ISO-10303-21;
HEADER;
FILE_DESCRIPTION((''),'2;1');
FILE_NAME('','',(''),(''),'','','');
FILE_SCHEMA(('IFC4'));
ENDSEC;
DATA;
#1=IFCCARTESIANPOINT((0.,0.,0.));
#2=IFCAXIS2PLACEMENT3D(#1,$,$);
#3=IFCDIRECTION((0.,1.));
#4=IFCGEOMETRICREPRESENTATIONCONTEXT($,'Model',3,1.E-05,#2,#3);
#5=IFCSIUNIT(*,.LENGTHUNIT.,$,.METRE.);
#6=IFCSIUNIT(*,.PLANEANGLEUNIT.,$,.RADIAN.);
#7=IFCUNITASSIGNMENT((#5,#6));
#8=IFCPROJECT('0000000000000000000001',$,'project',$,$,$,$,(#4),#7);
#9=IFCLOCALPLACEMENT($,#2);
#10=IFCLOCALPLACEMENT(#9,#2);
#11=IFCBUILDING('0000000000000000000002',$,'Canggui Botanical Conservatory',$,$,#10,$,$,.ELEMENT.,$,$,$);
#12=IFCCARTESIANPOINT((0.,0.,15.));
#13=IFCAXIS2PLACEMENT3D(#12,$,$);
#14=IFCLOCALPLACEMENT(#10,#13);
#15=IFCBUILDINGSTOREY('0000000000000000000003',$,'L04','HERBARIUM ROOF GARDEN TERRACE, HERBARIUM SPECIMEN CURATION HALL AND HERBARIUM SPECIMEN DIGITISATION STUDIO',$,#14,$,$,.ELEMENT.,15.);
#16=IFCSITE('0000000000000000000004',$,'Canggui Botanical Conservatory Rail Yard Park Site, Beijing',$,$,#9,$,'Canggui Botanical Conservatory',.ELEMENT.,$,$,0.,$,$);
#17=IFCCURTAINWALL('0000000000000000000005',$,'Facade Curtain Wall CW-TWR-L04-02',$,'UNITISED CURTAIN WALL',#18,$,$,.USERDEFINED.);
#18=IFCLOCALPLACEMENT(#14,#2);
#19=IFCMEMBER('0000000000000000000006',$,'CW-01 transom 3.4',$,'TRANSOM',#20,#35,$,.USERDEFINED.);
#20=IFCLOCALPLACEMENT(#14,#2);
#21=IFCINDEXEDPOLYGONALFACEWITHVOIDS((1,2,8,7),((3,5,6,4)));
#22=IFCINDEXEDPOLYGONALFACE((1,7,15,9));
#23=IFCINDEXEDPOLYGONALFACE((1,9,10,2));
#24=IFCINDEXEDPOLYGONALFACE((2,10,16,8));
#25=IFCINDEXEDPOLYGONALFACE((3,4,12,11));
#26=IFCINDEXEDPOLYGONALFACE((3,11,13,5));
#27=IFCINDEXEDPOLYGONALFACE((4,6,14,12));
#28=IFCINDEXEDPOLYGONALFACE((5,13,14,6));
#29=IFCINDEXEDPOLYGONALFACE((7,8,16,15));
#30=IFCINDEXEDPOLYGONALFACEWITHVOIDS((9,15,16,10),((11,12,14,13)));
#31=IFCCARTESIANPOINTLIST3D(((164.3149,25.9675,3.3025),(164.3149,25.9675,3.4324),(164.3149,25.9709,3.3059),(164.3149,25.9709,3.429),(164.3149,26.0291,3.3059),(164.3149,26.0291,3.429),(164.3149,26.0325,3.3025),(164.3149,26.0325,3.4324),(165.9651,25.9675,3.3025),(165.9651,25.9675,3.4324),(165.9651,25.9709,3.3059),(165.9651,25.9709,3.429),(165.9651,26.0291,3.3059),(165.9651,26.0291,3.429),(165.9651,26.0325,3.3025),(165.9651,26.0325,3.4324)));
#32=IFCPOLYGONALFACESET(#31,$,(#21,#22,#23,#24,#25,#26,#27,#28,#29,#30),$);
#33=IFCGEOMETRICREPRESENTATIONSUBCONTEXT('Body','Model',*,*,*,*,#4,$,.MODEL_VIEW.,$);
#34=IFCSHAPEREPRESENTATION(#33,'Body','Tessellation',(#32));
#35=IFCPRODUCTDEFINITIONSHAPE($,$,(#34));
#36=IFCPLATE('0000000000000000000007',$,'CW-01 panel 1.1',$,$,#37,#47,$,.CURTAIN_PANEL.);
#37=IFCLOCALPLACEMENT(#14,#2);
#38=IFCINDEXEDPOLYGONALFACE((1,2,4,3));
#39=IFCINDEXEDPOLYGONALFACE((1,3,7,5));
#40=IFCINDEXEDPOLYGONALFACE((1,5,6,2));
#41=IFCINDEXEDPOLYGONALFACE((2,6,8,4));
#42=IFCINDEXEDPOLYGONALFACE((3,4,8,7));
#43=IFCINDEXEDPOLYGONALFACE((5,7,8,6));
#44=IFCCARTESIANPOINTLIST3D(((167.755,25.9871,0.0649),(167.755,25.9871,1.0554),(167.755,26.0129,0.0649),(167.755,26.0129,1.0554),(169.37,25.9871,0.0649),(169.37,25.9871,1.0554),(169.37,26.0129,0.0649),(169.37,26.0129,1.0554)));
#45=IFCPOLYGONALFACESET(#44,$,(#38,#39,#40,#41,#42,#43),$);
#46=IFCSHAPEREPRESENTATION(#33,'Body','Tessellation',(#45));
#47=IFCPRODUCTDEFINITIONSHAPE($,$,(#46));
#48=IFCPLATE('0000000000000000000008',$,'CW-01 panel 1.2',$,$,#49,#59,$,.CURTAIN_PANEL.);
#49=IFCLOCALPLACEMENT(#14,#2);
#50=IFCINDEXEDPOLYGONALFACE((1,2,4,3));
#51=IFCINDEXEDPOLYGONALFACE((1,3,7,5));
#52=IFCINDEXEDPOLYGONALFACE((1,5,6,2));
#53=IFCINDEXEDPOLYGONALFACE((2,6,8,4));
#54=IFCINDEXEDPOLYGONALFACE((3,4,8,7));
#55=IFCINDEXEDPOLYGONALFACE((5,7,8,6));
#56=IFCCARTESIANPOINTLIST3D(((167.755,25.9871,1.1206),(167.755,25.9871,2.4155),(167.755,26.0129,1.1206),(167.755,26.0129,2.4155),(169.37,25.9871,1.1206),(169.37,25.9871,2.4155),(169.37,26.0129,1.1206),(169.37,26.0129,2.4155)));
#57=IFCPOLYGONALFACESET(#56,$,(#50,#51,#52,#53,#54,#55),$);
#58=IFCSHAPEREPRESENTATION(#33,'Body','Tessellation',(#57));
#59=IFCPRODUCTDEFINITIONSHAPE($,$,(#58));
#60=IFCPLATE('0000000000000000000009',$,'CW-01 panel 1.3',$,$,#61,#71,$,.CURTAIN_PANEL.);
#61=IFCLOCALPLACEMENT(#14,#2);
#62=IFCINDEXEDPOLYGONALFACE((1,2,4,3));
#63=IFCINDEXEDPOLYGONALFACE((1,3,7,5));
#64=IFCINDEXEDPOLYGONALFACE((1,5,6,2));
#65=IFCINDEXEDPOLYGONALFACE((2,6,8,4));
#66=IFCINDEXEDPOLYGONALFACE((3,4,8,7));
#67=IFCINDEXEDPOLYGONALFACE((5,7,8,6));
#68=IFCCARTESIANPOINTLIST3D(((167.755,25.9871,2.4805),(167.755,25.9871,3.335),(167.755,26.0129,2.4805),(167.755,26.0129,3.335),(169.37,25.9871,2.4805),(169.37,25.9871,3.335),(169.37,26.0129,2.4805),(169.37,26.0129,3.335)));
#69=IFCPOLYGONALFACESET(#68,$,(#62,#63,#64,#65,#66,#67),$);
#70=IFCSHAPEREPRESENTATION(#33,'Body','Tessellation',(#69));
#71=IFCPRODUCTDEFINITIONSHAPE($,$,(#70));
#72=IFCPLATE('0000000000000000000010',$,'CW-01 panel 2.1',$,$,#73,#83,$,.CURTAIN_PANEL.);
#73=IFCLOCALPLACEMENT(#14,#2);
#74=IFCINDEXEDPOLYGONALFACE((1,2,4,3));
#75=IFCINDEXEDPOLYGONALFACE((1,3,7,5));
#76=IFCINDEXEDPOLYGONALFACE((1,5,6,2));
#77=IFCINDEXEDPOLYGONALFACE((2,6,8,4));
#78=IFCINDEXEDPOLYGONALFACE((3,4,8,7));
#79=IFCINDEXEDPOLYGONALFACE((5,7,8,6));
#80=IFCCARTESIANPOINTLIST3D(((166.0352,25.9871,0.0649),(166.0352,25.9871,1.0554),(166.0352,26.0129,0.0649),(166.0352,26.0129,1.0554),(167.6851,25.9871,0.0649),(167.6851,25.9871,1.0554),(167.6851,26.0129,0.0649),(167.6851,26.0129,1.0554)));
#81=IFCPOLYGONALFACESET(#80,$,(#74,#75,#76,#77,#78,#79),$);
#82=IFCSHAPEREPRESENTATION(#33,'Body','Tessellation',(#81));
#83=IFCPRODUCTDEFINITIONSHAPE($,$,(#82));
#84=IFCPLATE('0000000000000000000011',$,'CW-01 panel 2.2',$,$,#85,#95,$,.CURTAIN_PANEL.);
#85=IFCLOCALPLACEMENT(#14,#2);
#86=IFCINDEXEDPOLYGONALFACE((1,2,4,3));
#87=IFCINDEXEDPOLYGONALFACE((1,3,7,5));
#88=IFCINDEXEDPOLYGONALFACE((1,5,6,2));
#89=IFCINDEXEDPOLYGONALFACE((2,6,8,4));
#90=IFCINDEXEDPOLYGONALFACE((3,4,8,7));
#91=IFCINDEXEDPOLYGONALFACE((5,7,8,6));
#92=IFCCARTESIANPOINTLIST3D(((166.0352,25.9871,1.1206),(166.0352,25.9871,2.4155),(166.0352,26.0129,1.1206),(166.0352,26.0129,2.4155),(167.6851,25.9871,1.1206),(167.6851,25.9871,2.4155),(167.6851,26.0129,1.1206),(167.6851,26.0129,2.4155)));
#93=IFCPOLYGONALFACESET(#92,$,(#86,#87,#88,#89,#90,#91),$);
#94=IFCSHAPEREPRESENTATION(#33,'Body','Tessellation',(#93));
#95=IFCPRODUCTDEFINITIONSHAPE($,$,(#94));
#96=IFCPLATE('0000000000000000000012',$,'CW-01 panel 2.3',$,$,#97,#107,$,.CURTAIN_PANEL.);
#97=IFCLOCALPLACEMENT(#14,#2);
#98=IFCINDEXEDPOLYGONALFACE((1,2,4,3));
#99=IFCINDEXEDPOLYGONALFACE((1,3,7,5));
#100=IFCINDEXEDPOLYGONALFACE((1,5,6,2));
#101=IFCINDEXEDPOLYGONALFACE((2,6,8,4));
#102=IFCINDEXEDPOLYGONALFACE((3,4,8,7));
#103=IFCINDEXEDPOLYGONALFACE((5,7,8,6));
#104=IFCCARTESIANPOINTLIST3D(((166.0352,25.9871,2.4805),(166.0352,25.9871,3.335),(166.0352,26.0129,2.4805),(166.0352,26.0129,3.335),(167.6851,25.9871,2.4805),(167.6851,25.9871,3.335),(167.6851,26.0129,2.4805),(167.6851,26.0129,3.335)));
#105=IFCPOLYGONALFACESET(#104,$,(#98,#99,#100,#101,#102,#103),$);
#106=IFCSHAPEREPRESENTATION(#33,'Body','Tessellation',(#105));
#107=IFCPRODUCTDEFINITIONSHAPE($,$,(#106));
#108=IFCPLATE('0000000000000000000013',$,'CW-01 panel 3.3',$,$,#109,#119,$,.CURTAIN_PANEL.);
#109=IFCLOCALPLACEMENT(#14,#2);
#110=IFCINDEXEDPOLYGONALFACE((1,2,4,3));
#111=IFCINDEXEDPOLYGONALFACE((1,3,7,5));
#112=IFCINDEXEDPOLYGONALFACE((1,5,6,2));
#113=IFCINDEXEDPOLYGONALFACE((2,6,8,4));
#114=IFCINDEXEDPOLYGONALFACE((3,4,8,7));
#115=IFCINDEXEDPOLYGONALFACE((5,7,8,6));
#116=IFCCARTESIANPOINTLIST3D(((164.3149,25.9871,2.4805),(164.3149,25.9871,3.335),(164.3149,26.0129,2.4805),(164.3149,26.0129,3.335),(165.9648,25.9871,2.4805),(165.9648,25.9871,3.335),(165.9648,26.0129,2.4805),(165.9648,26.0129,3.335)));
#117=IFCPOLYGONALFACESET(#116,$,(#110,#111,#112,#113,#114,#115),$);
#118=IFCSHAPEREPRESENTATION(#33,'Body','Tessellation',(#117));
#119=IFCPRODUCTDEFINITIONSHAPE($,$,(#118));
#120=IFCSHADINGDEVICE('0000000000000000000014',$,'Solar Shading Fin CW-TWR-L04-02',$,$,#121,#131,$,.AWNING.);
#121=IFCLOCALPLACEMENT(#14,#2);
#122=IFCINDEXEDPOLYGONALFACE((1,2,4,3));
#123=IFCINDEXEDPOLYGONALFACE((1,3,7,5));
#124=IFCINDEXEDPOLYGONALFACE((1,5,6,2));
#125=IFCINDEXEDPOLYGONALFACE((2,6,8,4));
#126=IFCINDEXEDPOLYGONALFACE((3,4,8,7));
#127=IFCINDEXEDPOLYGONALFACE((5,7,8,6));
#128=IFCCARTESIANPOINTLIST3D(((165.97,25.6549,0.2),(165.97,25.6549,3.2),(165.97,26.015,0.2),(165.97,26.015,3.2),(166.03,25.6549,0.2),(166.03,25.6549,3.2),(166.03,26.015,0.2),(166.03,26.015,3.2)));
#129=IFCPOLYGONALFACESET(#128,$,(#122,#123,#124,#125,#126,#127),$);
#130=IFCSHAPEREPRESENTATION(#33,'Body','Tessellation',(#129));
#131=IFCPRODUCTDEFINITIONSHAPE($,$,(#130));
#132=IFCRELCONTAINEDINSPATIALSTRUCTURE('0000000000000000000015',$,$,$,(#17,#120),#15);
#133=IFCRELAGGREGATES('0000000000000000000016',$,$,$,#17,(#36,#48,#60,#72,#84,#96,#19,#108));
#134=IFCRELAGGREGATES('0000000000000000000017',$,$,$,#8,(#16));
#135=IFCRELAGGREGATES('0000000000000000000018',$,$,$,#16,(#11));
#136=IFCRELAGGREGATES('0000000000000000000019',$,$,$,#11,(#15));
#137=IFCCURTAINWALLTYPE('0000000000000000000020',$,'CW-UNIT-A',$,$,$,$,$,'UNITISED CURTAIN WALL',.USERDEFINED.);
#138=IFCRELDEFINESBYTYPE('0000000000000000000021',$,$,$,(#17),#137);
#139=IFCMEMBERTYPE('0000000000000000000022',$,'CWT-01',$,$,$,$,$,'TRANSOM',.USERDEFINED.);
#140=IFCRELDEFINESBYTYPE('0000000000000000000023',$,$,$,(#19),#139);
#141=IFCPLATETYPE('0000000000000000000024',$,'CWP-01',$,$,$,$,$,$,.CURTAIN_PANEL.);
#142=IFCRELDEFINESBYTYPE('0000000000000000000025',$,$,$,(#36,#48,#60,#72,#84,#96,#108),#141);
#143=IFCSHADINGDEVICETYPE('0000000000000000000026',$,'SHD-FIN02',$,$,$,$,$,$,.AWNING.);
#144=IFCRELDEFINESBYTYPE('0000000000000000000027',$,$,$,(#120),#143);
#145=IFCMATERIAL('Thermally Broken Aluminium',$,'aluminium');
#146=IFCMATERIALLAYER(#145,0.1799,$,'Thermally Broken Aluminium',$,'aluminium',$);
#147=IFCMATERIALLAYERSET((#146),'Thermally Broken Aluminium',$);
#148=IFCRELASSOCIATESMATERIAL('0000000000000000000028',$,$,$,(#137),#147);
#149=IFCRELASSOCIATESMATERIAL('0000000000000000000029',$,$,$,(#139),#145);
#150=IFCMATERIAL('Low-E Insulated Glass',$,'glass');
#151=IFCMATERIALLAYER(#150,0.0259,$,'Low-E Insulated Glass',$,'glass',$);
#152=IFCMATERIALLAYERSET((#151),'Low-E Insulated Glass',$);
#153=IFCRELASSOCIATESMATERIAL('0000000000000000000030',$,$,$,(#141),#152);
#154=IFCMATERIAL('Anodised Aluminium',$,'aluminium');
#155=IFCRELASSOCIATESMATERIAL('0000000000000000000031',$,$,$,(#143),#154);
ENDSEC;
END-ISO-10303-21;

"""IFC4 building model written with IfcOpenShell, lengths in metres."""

from ifc_helpers import new_model, si_unit, direction, frame, origin, origin_2d, place, context, subcontext, project, spatial, rectangle, hollow_rectangle, extrude, material, layer, layer_set, material_profile, profile_set, type_object, element, aggregate, save


model = new_model("IFC4")

# Units and contexts
model_context = context("Model", 3, precision=1e-05, world=origin(), true_north=direction((0.0, 1.0)))
body_context = subcontext(model_context, "Body", "Model", "MODEL_VIEW")
ifc_project = project(units=[si_unit("LENGTHUNIT", "METRE"), si_unit("PLANEANGLEUNIT", "RADIAN")], contexts=[model_context])

# Site, building, storey
site_placement = place(None, origin())
site = spatial("IfcSite", under=ifc_project, at=site_placement, Name="Canggui Botanical Conservatory Rail Yard Park Site, Beijing", LongName="Canggui Botanical Conservatory", CompositionType="ELEMENT", RefElevation=0.0)
building_placement = place(site_placement, origin())
building = spatial("IfcBuilding", under=site, at=building_placement, Name="Canggui Botanical Conservatory", CompositionType="ELEMENT")
storey_placement = place(building_placement, frame((0.0, 0.0, 15.0)))
storey = spatial("IfcBuildingStorey", under=building, at=storey_placement, Name="L04", Description="HERBARIUM ROOF GARDEN TERRACE, HERBARIUM SPECIMEN CURATION HALL AND HERBARIUM SPECIMEN DIGITISATION STUDIO", CompositionType="ELEMENT", Elevation=15.0)

# Curtain wall, member, plates
ifc_material_1 = material(Name="Thermally Broken Aluminium", Category="aluminium")
ifc_layer_1 = layer(ifc_material_1, 0.1799, Name="Thermally Broken Aluminium", Category="aluminium")
ifc_layer_set_1 = layer_set([ifc_layer_1], Name="Thermally Broken Aluminium")
curtain_wall_type = type_object("IfcCurtainWallType", Name="CW-UNIT-A", ElementType="UNITISED CURTAIN WALL", PredefinedType="USERDEFINED", material=ifc_layer_set_1)
curtain_wall_placement = place(storey_placement, origin())
curtain_wall = element("IfcCurtainWall", 1, at=curtain_wall_placement, inside=storey, type_object=curtain_wall_type, Name="Facade Curtain Wall CW-TWR-L04-02", ObjectType="UNITISED CURTAIN WALL", PredefinedType="USERDEFINED")
ifc_material_profile_1 = material_profile(ifc_material_1, hollow_rectangle(XDim=0.0649, YDim=0.1299, WallThickness=0.0034, at=origin_2d()), Name="CWT 65x130x3.5")
ifc_profile_set_1 = profile_set([ifc_material_profile_1], Name="Thermally Broken Aluminium")
member_type_1 = type_object("IfcMemberType", Name="CWT-01", ElementType="TRANSOM", PredefinedType="USERDEFINED", material=ifc_profile_set_1)
member_1_placement = place(storey_placement, frame((165.9651, 26.0, 3.3674), z_axis=(-1.0, 0.0, 0.0), x_axis=(0.0, -1.0, 0.0)))
member_1 = element("IfcMember", 2, at=member_1_placement, type_object=member_type_1, Name="CW-01 transom 3.4", ObjectType="TRANSOM", PredefinedType="USERDEFINED", context=body_context, shape_type="SweptSolid", body=[
    extrude(hollow_rectangle(XDim=0.0649, YDim=0.1299, WallThickness=0.0034, at=origin_2d()), origin(), (0.0, 0.0, 1.0), 1.6501),
])
ifc_material_2 = material(Name="Low-E Insulated Glass", Category="glass")
ifc_layer_2 = layer(ifc_material_2, 0.0259, Name="Low-E Insulated Glass", Category="glass")
ifc_layer_set_2 = layer_set([ifc_layer_2], Name="Low-E Insulated Glass")
plate_type = type_object("IfcPlateType", Name="CWP-01", PredefinedType="CURTAIN_PANEL", material=ifc_layer_set_2)
plate_1_placement = place(storey_placement, frame((168.5625, 26.0, 0.0649), z_axis=(0.0, 0.0, 1.0), x_axis=(-1.0, 0.0, 0.0)))
plate_1 = element("IfcPlate", 3, at=plate_1_placement, type_object=plate_type, Name="CW-01 panel 1.1", PredefinedType="CURTAIN_PANEL", context=body_context, shape_type="SweptSolid", body=[
    extrude(rectangle(XDim=1.615, YDim=0.0259, at=origin_2d()), origin(), (0.0, 0.0, 1.0), 0.9905),
])
plate_2_placement = place(storey_placement, frame((168.5625, 26.0, 1.1206), z_axis=(0.0, 0.0, 1.0), x_axis=(-1.0, 0.0, 0.0)))
plate_2 = element("IfcPlate", 4, at=plate_2_placement, type_object=plate_type, Name="CW-01 panel 1.2", PredefinedType="CURTAIN_PANEL", context=body_context, shape_type="SweptSolid", body=[
    extrude(rectangle(XDim=1.615, YDim=0.0259, at=origin_2d()), origin(), (0.0, 0.0, 1.0), 1.2949),
])
plate_3_placement = place(storey_placement, frame((168.5625, 26.0, 2.4805), z_axis=(0.0, 0.0, 1.0), x_axis=(-1.0, 0.0, 0.0)))
plate_3 = element("IfcPlate", 5, at=plate_3_placement, type_object=plate_type, Name="CW-01 panel 1.3", PredefinedType="CURTAIN_PANEL", context=body_context, shape_type="SweptSolid", body=[
    extrude(rectangle(XDim=1.615, YDim=0.0259, at=origin_2d()), origin(), (0.0, 0.0, 1.0), 0.8545),
])
plate_4_placement = place(storey_placement, frame((166.8601, 26.0, 0.0649), z_axis=(0.0, 0.0, 1.0), x_axis=(-1.0, 0.0, 0.0)))
plate_4 = element("IfcPlate", 6, at=plate_4_placement, type_object=plate_type, Name="CW-01 panel 2.1", PredefinedType="CURTAIN_PANEL", context=body_context, shape_type="SweptSolid", body=[
    extrude(rectangle(XDim=1.6499, YDim=0.0259, at=origin_2d()), origin(), (0.0, 0.0, 1.0), 0.9905),
])
plate_5_placement = place(storey_placement, frame((166.8601, 26.0, 1.1206), z_axis=(0.0, 0.0, 1.0), x_axis=(-1.0, 0.0, 0.0)))
plate_5 = element("IfcPlate", 7, at=plate_5_placement, type_object=plate_type, Name="CW-01 panel 2.2", PredefinedType="CURTAIN_PANEL", context=body_context, shape_type="SweptSolid", body=[
    extrude(rectangle(XDim=1.6499, YDim=0.0259, at=origin_2d()), origin(), (0.0, 0.0, 1.0), 1.2949),
])
plate_6_placement = place(storey_placement, frame((166.8601, 26.0, 2.4805), z_axis=(0.0, 0.0, 1.0), x_axis=(-1.0, 0.0, 0.0)))
plate_6 = element("IfcPlate", 8, at=plate_6_placement, type_object=plate_type, Name="CW-01 panel 2.3", PredefinedType="CURTAIN_PANEL", context=body_context, shape_type="SweptSolid", body=[
    extrude(rectangle(XDim=1.6499, YDim=0.0259, at=origin_2d()), origin(), (0.0, 0.0, 1.0), 0.8545),
])
plate_7_placement = place(storey_placement, frame((165.1399, 26.0, 2.4805), z_axis=(0.0, 0.0, 1.0), x_axis=(-1.0, 0.0, 0.0)))
plate_7 = element("IfcPlate", 9, at=plate_7_placement, type_object=plate_type, Name="CW-01 panel 3.3", PredefinedType="CURTAIN_PANEL", context=body_context, shape_type="SweptSolid", body=[
    extrude(rectangle(XDim=1.6499, YDim=0.0259, at=origin_2d()), origin(), (0.0, 0.0, 1.0), 0.8545),
])
aggregate(curtain_wall, [plate_1, plate_2, plate_3, plate_4, plate_5, plate_6, member_1, plate_7])

# Shading device
ifc_material_3 = material(Name="Anodised Aluminium", Category="aluminium")
shading_device_type = type_object("IfcShadingDeviceType", Name="SHD-FIN02", PredefinedType="AWNING", material=ifc_material_3)
shading_device_placement = place(storey_placement, frame((166.0, 25.835, 0.2), z_axis=(0.0, 0.0, 1.0), x_axis=(-1.0, 0.0, 0.0)))
element("IfcShadingDevice", 10, at=shading_device_placement, inside=storey, type_object=shading_device_type, Name="Solar Shading Fin CW-TWR-L04-02", PredefinedType="AWNING", context=body_context, shape_type="SweptSolid", body=[
    extrude(rectangle(XDim=0.0601, YDim=0.3601, at=origin_2d()), origin(), (0.0, 0.0, 1.0), 3.0),
])

save(model, "model.ifc")
